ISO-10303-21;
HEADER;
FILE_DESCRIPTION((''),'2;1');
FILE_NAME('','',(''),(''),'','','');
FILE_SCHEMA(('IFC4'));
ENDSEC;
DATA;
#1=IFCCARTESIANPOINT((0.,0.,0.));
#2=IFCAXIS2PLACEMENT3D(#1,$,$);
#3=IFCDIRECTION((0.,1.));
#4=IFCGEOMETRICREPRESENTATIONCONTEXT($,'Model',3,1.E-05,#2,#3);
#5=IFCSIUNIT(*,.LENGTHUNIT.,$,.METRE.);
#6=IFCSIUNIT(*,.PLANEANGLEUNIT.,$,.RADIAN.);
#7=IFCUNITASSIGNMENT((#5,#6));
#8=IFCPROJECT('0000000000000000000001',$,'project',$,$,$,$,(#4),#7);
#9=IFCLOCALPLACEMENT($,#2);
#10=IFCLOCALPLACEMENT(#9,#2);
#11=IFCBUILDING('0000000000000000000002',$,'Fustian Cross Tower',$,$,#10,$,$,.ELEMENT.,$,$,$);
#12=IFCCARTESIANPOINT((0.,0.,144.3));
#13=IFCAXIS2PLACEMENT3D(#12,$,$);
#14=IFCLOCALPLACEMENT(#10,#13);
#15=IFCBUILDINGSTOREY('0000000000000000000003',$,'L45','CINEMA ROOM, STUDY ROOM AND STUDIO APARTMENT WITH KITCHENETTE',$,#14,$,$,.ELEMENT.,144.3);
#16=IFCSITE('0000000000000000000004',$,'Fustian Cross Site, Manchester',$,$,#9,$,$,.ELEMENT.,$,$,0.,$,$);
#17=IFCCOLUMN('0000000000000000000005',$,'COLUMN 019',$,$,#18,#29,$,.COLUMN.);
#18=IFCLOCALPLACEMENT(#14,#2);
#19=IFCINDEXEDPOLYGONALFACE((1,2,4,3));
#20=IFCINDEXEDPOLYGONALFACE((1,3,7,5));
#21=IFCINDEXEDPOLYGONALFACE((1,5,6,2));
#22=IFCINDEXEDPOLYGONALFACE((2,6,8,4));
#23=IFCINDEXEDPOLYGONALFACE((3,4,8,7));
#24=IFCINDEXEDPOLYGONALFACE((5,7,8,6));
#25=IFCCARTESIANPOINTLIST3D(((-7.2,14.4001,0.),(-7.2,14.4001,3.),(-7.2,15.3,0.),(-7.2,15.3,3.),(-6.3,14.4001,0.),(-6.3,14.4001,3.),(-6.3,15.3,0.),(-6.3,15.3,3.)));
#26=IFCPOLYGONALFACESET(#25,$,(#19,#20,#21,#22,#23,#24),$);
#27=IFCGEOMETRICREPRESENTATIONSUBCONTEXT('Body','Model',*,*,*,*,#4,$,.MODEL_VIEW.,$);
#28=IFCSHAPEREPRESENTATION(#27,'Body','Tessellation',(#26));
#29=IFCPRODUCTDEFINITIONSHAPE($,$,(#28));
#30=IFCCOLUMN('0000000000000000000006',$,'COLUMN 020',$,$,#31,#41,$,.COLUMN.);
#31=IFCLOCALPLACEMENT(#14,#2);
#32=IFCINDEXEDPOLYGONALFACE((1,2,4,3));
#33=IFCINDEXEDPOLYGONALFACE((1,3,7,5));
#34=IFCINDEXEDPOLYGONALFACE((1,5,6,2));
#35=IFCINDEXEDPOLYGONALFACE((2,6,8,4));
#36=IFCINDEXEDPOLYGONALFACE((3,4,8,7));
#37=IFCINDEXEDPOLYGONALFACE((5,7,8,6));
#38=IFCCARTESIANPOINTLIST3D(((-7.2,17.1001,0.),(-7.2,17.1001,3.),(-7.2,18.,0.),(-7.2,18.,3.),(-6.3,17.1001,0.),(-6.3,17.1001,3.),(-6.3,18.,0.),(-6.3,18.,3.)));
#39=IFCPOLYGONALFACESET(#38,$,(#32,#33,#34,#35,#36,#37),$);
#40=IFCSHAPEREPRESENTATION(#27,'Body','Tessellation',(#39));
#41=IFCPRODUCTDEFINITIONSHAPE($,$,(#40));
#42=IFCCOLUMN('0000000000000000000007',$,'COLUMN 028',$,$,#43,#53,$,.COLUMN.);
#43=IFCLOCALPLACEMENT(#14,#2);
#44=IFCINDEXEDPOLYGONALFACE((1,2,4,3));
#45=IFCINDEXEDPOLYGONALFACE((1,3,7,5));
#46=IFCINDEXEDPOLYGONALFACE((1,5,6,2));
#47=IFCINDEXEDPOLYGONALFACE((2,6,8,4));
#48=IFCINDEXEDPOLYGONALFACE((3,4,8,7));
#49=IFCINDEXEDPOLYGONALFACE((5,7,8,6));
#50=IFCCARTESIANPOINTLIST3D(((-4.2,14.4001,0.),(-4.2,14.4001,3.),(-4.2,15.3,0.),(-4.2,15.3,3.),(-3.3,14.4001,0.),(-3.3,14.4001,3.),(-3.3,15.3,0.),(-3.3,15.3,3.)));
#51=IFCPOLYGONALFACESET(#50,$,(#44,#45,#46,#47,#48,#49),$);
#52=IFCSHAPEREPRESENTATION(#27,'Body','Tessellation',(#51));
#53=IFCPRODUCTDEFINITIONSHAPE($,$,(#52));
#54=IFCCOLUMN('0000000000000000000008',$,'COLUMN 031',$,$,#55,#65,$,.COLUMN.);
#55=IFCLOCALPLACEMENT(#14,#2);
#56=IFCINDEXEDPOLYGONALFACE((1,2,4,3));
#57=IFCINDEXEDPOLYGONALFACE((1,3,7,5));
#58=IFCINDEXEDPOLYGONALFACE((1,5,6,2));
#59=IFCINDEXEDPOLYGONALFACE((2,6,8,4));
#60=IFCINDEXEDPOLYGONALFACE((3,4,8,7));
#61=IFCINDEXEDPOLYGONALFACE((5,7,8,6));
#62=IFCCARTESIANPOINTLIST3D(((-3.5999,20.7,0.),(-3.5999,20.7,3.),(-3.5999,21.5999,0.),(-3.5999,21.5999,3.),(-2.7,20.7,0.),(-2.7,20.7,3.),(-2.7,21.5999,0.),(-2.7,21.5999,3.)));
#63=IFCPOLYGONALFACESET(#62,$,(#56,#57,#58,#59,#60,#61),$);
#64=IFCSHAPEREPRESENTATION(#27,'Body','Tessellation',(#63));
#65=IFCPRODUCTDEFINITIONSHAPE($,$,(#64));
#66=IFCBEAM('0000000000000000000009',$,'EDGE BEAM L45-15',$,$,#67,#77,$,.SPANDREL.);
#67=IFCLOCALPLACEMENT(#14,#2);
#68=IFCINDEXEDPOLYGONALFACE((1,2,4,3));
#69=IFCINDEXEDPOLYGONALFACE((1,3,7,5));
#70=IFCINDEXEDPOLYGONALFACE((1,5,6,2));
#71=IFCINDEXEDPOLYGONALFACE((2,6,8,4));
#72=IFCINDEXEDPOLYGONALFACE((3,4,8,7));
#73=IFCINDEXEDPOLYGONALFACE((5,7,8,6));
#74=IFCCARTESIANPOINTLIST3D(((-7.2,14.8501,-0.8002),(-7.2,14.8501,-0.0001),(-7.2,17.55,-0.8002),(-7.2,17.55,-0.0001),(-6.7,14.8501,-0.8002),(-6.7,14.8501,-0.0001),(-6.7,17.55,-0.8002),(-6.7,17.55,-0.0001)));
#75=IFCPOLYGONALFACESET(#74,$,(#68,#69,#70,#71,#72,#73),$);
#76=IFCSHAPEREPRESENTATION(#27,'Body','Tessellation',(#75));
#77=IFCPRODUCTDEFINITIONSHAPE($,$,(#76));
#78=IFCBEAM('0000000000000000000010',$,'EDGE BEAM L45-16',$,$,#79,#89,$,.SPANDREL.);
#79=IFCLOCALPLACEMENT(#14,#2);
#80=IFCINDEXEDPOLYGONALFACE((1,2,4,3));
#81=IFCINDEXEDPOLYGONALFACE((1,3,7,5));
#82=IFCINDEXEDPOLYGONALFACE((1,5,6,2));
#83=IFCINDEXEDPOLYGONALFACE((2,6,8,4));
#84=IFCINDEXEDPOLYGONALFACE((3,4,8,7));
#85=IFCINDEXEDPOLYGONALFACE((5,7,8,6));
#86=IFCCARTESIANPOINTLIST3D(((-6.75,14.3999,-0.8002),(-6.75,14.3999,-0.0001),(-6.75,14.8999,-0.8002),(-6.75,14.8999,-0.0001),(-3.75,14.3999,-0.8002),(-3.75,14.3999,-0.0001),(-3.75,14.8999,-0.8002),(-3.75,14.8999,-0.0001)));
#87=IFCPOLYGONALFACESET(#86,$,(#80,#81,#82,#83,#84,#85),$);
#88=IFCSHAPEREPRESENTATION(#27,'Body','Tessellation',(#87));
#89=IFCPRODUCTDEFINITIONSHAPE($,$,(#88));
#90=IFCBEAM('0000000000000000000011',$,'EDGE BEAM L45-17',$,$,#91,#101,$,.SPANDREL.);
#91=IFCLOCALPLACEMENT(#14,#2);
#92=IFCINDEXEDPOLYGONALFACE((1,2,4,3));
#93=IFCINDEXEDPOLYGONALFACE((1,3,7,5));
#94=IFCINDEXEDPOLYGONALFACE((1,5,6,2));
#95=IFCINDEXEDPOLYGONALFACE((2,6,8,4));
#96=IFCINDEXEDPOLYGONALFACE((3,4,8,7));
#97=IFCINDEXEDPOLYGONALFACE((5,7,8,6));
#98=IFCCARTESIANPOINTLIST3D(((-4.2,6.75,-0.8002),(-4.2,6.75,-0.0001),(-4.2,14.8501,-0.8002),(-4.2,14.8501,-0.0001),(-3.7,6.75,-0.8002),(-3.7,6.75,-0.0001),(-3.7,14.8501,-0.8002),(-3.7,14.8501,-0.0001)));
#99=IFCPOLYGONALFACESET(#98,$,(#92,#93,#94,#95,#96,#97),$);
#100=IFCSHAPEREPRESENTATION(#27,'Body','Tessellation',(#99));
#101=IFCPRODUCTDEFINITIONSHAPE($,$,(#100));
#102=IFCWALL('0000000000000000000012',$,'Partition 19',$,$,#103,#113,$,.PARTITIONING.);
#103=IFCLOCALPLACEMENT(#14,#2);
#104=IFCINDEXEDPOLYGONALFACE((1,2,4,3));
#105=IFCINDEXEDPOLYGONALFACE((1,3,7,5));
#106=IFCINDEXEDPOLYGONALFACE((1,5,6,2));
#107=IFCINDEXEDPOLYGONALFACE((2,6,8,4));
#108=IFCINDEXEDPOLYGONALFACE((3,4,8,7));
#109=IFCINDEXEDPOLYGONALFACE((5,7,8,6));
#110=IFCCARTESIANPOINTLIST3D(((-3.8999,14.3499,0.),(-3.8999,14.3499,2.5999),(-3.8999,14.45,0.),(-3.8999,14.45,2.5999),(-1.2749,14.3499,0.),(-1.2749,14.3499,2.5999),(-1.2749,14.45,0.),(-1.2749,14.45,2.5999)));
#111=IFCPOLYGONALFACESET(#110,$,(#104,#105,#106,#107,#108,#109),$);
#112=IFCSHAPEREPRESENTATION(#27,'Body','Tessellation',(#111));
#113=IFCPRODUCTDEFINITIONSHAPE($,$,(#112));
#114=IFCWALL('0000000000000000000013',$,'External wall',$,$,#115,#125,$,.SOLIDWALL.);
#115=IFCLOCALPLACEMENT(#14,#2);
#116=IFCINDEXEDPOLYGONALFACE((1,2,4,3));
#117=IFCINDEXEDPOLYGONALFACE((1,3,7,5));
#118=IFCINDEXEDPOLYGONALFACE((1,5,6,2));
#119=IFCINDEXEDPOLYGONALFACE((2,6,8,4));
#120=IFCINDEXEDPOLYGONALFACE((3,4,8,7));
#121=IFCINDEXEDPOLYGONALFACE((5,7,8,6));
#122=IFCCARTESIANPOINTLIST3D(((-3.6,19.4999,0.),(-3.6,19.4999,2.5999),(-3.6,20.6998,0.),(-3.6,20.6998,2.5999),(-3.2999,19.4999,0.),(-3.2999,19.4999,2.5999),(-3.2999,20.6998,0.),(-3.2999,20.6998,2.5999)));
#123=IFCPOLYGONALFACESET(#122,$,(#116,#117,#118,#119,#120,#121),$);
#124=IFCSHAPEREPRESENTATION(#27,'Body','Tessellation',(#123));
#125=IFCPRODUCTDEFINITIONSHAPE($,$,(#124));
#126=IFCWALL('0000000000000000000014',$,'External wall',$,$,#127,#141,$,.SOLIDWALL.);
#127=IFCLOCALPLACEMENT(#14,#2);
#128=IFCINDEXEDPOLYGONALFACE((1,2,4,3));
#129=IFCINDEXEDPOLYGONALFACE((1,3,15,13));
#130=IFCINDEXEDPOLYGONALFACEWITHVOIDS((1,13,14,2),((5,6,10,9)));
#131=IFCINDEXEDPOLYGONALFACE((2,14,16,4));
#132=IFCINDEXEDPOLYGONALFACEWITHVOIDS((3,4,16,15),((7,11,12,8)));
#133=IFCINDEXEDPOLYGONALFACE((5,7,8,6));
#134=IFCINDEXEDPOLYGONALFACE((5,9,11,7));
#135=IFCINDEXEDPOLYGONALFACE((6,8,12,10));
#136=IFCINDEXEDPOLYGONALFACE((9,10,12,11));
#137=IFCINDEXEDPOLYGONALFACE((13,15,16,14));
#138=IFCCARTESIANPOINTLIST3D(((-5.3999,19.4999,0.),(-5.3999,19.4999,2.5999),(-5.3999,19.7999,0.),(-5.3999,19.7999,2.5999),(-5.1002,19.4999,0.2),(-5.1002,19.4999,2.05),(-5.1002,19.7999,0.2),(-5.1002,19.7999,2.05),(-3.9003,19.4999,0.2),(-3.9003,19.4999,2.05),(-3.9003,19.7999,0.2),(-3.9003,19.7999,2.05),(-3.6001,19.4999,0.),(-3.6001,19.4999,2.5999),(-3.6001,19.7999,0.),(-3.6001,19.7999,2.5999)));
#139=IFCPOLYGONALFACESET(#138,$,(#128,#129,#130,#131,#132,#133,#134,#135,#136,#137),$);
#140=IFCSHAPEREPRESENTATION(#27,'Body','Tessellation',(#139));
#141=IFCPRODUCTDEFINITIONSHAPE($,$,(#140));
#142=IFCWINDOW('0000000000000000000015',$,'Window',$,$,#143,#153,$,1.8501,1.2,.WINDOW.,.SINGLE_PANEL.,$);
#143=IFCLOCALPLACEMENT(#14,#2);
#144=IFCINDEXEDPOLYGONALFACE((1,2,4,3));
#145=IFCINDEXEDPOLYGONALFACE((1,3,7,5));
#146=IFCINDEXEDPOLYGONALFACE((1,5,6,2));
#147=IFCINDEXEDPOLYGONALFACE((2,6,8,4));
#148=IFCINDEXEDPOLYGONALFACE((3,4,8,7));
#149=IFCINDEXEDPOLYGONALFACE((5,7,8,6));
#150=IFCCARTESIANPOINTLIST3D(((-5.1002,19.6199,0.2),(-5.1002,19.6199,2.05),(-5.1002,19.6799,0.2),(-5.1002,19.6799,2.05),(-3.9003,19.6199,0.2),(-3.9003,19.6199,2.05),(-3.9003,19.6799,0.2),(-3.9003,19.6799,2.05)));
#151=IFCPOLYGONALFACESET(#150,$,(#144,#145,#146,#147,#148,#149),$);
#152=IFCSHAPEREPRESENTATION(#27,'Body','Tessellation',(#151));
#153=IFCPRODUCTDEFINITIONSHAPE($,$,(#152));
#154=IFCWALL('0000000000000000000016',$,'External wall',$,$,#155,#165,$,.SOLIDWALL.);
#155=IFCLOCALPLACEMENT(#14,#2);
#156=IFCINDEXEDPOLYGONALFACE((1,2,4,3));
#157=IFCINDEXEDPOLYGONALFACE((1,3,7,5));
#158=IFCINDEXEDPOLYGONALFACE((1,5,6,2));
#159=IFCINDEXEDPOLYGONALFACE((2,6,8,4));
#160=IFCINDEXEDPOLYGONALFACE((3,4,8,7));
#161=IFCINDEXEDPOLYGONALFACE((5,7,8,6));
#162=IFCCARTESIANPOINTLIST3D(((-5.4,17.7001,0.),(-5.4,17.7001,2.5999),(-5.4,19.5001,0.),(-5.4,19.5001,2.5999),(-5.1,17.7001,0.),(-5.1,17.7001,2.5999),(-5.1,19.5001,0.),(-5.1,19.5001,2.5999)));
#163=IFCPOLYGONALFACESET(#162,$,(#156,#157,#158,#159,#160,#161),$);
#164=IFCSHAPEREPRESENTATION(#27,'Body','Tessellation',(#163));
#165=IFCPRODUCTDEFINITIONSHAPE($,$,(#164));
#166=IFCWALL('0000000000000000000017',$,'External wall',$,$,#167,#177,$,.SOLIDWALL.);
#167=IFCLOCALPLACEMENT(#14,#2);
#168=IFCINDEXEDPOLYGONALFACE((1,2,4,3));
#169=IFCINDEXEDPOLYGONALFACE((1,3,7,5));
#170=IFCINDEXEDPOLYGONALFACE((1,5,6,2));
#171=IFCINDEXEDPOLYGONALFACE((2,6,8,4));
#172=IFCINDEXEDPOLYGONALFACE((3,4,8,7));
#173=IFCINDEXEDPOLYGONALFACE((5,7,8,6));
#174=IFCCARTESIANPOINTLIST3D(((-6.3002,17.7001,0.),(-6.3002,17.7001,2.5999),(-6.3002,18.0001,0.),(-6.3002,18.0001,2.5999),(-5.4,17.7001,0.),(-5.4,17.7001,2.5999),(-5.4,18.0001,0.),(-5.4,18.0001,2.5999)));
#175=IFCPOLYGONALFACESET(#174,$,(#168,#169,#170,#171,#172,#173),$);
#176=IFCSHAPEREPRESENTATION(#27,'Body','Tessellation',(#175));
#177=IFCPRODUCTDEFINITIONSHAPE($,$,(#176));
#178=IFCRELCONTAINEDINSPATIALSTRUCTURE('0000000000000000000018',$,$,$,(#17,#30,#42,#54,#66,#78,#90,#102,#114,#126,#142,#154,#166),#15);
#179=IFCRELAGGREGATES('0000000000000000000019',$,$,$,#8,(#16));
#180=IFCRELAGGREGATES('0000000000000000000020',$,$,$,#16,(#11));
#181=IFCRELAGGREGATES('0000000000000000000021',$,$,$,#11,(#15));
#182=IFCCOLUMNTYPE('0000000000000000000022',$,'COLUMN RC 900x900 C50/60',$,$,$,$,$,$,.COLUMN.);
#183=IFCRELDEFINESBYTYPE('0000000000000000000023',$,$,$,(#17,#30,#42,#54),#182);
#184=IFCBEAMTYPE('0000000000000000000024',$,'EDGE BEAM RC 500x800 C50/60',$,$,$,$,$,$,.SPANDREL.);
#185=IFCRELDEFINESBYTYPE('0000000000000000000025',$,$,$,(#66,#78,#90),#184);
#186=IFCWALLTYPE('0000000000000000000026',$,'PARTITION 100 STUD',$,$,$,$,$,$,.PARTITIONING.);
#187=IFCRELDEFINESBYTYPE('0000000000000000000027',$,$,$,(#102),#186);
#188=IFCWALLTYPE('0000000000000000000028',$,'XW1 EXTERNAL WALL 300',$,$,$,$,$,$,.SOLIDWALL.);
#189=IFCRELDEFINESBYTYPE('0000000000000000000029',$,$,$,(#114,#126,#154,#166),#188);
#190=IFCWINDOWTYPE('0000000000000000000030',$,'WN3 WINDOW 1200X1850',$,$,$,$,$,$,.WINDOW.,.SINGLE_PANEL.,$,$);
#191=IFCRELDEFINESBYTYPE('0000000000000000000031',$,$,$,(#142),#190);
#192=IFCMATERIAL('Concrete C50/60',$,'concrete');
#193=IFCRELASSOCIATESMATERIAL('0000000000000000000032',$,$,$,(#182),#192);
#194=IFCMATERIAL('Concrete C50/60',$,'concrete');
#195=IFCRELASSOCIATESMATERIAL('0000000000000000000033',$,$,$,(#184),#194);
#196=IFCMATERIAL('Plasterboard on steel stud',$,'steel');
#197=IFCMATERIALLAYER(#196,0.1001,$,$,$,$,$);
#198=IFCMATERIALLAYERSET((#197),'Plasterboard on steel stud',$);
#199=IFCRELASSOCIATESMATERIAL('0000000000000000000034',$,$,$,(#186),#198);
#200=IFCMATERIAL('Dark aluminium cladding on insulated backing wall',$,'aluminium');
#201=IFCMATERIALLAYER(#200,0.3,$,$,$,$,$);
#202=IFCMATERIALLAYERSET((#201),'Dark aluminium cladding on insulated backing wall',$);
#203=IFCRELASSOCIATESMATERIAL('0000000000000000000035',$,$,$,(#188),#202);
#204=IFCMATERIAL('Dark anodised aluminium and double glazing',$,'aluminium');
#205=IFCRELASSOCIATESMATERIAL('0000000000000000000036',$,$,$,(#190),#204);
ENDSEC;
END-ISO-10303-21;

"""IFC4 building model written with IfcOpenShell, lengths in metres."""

from ifc_helpers import new_model, si_unit, direction, frame, frame_2d, origin, origin_2d, place, context, subcontext, project, spatial, rectangle, extrude, material, layer, layer_set, material_profile, profile_set, type_object, element, fill, save


model = new_model("IFC4")

# Units and contexts
model_context = context("Model", 3, precision=1e-05, world=origin(), true_north=direction((0.0, 1.0)))
body_context = subcontext(model_context, "Body", "Model", "MODEL_VIEW")
ifc_project = project(units=[si_unit("LENGTHUNIT", "METRE"), si_unit("PLANEANGLEUNIT", "RADIAN")], contexts=[model_context])

# Site, building, storey
site_placement = place(None, origin())
site = spatial("IfcSite", under=ifc_project, at=site_placement, Name="Fustian Cross Site, Manchester", CompositionType="ELEMENT", RefElevation=0.0)
building_placement = place(site_placement, origin())
building = spatial("IfcBuilding", under=site, at=building_placement, Name="Fustian Cross Tower", CompositionType="ELEMENT")
storey_placement = place(building_placement, frame((0.0, 0.0, 144.3)))
storey = spatial("IfcBuildingStorey", under=building, at=storey_placement, Name="L45", Description="CINEMA ROOM, STUDY ROOM AND STUDIO APARTMENT WITH KITCHENETTE", CompositionType="ELEMENT", Elevation=144.3)

# Columns
ifc_material_1 = material(Name="Concrete C50/60", Category="concrete")
ifc_material_profile_1 = material_profile(ifc_material_1, rectangle(XDim=0.8999, YDim=0.8999, at=origin_2d()), Name="RC 900x900")
ifc_profile_set_1 = profile_set([ifc_material_profile_1], Name="Concrete C50/60")
column_type = type_object("IfcColumnType", Name="COLUMN RC 900x900 C50/60", PredefinedType="COLUMN", material=ifc_profile_set_1)
for number, where, z_axis, x_axis, name in (
    (1, (-6.75, 14.8501, 0.0), (0.0, 0.0, 1.0), (1.0, 0.0, 0.0), "COLUMN 019"),
    (2, (-6.75, 17.55, 0.0), (0.0, 0.0, 1.0), (1.0, 0.0, 0.0), "COLUMN 020"),
    (3, (-3.75, 14.8501, 0.0), (0.0, 0.0, 1.0), (1.0, 0.0, 0.0), "COLUMN 028"),
    (4, (-3.1499, 21.1499, 0.0), (0.0, 0.0, 1.0), (1.0, 0.0, 0.0), "COLUMN 031"),
):
    element("IfcColumn", number, at=place(storey_placement, frame(where, z_axis=z_axis, x_axis=x_axis)), inside=storey, type_object=column_type, Name=name, PredefinedType="COLUMN", context=body_context, shape_type="SweptSolid", body=[
        extrude(rectangle(XDim=0.8999, YDim=0.8999, at=origin_2d()), origin(), (0.0, 0.0, 1.0), 3.0),
    ])

# Beams
ifc_material_2 = material(Name="Concrete C50/60", Category="concrete")
ifc_material_profile_2 = material_profile(ifc_material_2, rectangle(XDim=0.5, YDim=0.8, at=origin_2d()), Name="RC 500x800")
ifc_profile_set_2 = profile_set([ifc_material_profile_2], Name="Concrete C50/60")
beam_type = type_object("IfcBeamType", Name="EDGE BEAM RC 500x800 C50/60", PredefinedType="SPANDREL", material=ifc_profile_set_2)
beam_1_placement = place(storey_placement, frame((-6.95, 17.55, -0.4001), z_axis=(0.0, -1.0, 0.0), x_axis=(1.0, 0.0, 0.0)))
element("IfcBeam", 5, at=beam_1_placement, inside=storey, type_object=beam_type, Name="EDGE BEAM L45-15", PredefinedType="SPANDREL", context=body_context, shape_type="SweptSolid", body=[
    extrude(rectangle(XDim=0.5, YDim=0.8, at=origin_2d()), origin(), (0.0, 0.0, 1.0), 2.7),
])
beam_2_placement = place(storey_placement, frame((-6.75, 14.6499, -0.4001), z_axis=(1.0, 0.0, 0.0), x_axis=(0.0, 1.0, 0.0)))
element("IfcBeam", 6, at=beam_2_placement, inside=storey, type_object=beam_type, Name="EDGE BEAM L45-16", PredefinedType="SPANDREL", context=body_context, shape_type="SweptSolid", body=[
    extrude(rectangle(XDim=0.5, YDim=0.8, at=origin_2d()), origin(), (0.0, 0.0, 1.0), 3.0),
])
beam_3_placement = place(storey_placement, frame((-3.95, 14.8501, -0.4001), z_axis=(0.0, -1.0, 0.0), x_axis=(1.0, 0.0, 0.0)))
element("IfcBeam", 7, at=beam_3_placement, inside=storey, type_object=beam_type, Name="EDGE BEAM L45-17", PredefinedType="SPANDREL", context=body_context, shape_type="SweptSolid", body=[
    extrude(rectangle(XDim=0.5, YDim=0.8, at=origin_2d()), origin(), (0.0, 0.0, 1.0), 8.1001),
])

# Walls
ifc_material_3 = material(Name="Plasterboard on steel stud", Category="steel")
ifc_layer_1 = layer(ifc_material_3, 0.1001)
ifc_layer_set_1 = layer_set([ifc_layer_1], Name="Plasterboard on steel stud")
wall_type_1 = type_object("IfcWallType", Name="PARTITION 100 STUD", PredefinedType="PARTITIONING", material=ifc_layer_set_1)
wall_1_placement = place(storey_placement, frame((-3.8999, 14.3999, 0.0), z_axis=(0.0, 0.0, 1.0), x_axis=(1.0, 0.0, 0.0)))
element("IfcWall", 8, at=wall_1_placement, inside=storey, type_object=wall_type_1, Name="Partition 19", PredefinedType="PARTITIONING", context=body_context, shape_type="SweptSolid", body=[
    extrude(rectangle(XDim=2.625, YDim=0.1001, at=frame_2d((1.3125, 0.0))), origin(), (0.0, 0.0, 1.0), 2.5999),
])
ifc_material_4 = material(Name="Dark aluminium cladding on insulated backing wall", Category="aluminium")
ifc_layer_2 = layer(ifc_material_4, 0.3)
ifc_layer_set_2 = layer_set([ifc_layer_2], Name="Dark aluminium cladding on insulated backing wall")
wall_type_2 = type_object("IfcWallType", Name="XW1 EXTERNAL WALL 300", PredefinedType="SOLIDWALL", material=ifc_layer_set_2)
wall_2_placement = place(storey_placement, frame((-3.45, 20.7, 0.0), z_axis=(0.0, 0.0, 1.0), x_axis=(0.0, -1.0, 0.0)))
element("IfcWall", 9, at=wall_2_placement, inside=storey, type_object=wall_type_2, Name="External wall", PredefinedType="SOLIDWALL", context=body_context, shape_type="SweptSolid", body=[
    extrude(rectangle(XDim=1.2, YDim=0.3, at=frame_2d((0.6001, 0.0))), origin(), (0.0, 0.0, 1.0), 2.5999),
])

# Wall, opening, window
wall_3_placement = place(storey_placement, frame((-3.6001, 19.6499, 0.0), z_axis=(0.0, 0.0, 1.0), x_axis=(-1.0, 0.0, 0.0)))
wall_3 = element("IfcWall", 10, at=wall_3_placement, inside=storey, type_object=wall_type_2, Name="External wall", PredefinedType="SOLIDWALL", context=body_context, shape_type="SweptSolid", body=[
    extrude(rectangle(XDim=1.7998, YDim=0.3, at=frame_2d((0.8999, 0.0))), origin(), (0.0, 0.0, 1.0), 2.5999),
])
opening_1_placement = place(wall_3_placement, frame((0.3, 0.0, 0.2)))
opening_1 = element("IfcOpeningElement", 11, at=opening_1_placement, cuts=wall_3, PredefinedType="OPENING", context=body_context, shape_type="SweptSolid", body=[
    extrude(rectangle(XDim=1.2, YDim=1.8501, at=frame_2d((0.6001, 0.925))), frame((0.0, 0.1599, 0.0), z_axis=(0.0, -1.0, 0.0), x_axis=(1.0, 0.0, 0.0)), (0.0, 0.0, 1.0), 0.3201),
])
ifc_material_5 = material(Name="Dark anodised aluminium and double glazing", Category="aluminium")
window_type_1 = type_object("IfcWindowType", Name="WN3 WINDOW 1200X1850", PartitioningType="SINGLE_PANEL", PredefinedType="WINDOW", material=ifc_material_5)
window_1_placement = place(opening_1_placement, origin())
window_1 = element("IfcWindow", 12, at=window_1_placement, inside=storey, type_object=window_type_1, Name="Window", OverallHeight=1.8501, OverallWidth=1.2, PartitioningType="SINGLE_PANEL", PredefinedType="WINDOW", context=body_context, shape_type="SweptSolid", body=[
    extrude(rectangle(XDim=1.2, YDim=1.8501, at=frame_2d((0.6001, 0.925))), frame((0.0, 0.03, 0.0), z_axis=(0.0, -1.0, 0.0), x_axis=(1.0, 0.0, 0.0)), (0.0, 0.0, 1.0), 0.0601),
])
fill(opening_1, window_1)

# Walls
wall_4_placement = place(storey_placement, frame((-5.25, 19.5, 0.0), z_axis=(0.0, 0.0, 1.0), x_axis=(0.0, -1.0, 0.0)))
element("IfcWall", 13, at=wall_4_placement, inside=storey, type_object=wall_type_2, Name="External wall", PredefinedType="SOLIDWALL", context=body_context, shape_type="SweptSolid", body=[
    extrude(rectangle(XDim=1.8, YDim=0.3, at=frame_2d((0.8999, 0.0))), origin(), (0.0, 0.0, 1.0), 2.5999),
])
wall_5_placement = place(storey_placement, frame((-5.3999, 17.8501, 0.0), z_axis=(0.0, 0.0, 1.0), x_axis=(-1.0, 0.0, 0.0)))
element("IfcWall", 14, at=wall_5_placement, inside=storey, type_object=wall_type_2, Name="External wall", PredefinedType="SOLIDWALL", context=body_context, shape_type="SweptSolid", body=[
    extrude(rectangle(XDim=0.9001, YDim=0.3, at=frame_2d((0.4502, 0.0))), origin(), (0.0, 0.0, 1.0), 2.5999),
])

save(model, "model.ifc")
